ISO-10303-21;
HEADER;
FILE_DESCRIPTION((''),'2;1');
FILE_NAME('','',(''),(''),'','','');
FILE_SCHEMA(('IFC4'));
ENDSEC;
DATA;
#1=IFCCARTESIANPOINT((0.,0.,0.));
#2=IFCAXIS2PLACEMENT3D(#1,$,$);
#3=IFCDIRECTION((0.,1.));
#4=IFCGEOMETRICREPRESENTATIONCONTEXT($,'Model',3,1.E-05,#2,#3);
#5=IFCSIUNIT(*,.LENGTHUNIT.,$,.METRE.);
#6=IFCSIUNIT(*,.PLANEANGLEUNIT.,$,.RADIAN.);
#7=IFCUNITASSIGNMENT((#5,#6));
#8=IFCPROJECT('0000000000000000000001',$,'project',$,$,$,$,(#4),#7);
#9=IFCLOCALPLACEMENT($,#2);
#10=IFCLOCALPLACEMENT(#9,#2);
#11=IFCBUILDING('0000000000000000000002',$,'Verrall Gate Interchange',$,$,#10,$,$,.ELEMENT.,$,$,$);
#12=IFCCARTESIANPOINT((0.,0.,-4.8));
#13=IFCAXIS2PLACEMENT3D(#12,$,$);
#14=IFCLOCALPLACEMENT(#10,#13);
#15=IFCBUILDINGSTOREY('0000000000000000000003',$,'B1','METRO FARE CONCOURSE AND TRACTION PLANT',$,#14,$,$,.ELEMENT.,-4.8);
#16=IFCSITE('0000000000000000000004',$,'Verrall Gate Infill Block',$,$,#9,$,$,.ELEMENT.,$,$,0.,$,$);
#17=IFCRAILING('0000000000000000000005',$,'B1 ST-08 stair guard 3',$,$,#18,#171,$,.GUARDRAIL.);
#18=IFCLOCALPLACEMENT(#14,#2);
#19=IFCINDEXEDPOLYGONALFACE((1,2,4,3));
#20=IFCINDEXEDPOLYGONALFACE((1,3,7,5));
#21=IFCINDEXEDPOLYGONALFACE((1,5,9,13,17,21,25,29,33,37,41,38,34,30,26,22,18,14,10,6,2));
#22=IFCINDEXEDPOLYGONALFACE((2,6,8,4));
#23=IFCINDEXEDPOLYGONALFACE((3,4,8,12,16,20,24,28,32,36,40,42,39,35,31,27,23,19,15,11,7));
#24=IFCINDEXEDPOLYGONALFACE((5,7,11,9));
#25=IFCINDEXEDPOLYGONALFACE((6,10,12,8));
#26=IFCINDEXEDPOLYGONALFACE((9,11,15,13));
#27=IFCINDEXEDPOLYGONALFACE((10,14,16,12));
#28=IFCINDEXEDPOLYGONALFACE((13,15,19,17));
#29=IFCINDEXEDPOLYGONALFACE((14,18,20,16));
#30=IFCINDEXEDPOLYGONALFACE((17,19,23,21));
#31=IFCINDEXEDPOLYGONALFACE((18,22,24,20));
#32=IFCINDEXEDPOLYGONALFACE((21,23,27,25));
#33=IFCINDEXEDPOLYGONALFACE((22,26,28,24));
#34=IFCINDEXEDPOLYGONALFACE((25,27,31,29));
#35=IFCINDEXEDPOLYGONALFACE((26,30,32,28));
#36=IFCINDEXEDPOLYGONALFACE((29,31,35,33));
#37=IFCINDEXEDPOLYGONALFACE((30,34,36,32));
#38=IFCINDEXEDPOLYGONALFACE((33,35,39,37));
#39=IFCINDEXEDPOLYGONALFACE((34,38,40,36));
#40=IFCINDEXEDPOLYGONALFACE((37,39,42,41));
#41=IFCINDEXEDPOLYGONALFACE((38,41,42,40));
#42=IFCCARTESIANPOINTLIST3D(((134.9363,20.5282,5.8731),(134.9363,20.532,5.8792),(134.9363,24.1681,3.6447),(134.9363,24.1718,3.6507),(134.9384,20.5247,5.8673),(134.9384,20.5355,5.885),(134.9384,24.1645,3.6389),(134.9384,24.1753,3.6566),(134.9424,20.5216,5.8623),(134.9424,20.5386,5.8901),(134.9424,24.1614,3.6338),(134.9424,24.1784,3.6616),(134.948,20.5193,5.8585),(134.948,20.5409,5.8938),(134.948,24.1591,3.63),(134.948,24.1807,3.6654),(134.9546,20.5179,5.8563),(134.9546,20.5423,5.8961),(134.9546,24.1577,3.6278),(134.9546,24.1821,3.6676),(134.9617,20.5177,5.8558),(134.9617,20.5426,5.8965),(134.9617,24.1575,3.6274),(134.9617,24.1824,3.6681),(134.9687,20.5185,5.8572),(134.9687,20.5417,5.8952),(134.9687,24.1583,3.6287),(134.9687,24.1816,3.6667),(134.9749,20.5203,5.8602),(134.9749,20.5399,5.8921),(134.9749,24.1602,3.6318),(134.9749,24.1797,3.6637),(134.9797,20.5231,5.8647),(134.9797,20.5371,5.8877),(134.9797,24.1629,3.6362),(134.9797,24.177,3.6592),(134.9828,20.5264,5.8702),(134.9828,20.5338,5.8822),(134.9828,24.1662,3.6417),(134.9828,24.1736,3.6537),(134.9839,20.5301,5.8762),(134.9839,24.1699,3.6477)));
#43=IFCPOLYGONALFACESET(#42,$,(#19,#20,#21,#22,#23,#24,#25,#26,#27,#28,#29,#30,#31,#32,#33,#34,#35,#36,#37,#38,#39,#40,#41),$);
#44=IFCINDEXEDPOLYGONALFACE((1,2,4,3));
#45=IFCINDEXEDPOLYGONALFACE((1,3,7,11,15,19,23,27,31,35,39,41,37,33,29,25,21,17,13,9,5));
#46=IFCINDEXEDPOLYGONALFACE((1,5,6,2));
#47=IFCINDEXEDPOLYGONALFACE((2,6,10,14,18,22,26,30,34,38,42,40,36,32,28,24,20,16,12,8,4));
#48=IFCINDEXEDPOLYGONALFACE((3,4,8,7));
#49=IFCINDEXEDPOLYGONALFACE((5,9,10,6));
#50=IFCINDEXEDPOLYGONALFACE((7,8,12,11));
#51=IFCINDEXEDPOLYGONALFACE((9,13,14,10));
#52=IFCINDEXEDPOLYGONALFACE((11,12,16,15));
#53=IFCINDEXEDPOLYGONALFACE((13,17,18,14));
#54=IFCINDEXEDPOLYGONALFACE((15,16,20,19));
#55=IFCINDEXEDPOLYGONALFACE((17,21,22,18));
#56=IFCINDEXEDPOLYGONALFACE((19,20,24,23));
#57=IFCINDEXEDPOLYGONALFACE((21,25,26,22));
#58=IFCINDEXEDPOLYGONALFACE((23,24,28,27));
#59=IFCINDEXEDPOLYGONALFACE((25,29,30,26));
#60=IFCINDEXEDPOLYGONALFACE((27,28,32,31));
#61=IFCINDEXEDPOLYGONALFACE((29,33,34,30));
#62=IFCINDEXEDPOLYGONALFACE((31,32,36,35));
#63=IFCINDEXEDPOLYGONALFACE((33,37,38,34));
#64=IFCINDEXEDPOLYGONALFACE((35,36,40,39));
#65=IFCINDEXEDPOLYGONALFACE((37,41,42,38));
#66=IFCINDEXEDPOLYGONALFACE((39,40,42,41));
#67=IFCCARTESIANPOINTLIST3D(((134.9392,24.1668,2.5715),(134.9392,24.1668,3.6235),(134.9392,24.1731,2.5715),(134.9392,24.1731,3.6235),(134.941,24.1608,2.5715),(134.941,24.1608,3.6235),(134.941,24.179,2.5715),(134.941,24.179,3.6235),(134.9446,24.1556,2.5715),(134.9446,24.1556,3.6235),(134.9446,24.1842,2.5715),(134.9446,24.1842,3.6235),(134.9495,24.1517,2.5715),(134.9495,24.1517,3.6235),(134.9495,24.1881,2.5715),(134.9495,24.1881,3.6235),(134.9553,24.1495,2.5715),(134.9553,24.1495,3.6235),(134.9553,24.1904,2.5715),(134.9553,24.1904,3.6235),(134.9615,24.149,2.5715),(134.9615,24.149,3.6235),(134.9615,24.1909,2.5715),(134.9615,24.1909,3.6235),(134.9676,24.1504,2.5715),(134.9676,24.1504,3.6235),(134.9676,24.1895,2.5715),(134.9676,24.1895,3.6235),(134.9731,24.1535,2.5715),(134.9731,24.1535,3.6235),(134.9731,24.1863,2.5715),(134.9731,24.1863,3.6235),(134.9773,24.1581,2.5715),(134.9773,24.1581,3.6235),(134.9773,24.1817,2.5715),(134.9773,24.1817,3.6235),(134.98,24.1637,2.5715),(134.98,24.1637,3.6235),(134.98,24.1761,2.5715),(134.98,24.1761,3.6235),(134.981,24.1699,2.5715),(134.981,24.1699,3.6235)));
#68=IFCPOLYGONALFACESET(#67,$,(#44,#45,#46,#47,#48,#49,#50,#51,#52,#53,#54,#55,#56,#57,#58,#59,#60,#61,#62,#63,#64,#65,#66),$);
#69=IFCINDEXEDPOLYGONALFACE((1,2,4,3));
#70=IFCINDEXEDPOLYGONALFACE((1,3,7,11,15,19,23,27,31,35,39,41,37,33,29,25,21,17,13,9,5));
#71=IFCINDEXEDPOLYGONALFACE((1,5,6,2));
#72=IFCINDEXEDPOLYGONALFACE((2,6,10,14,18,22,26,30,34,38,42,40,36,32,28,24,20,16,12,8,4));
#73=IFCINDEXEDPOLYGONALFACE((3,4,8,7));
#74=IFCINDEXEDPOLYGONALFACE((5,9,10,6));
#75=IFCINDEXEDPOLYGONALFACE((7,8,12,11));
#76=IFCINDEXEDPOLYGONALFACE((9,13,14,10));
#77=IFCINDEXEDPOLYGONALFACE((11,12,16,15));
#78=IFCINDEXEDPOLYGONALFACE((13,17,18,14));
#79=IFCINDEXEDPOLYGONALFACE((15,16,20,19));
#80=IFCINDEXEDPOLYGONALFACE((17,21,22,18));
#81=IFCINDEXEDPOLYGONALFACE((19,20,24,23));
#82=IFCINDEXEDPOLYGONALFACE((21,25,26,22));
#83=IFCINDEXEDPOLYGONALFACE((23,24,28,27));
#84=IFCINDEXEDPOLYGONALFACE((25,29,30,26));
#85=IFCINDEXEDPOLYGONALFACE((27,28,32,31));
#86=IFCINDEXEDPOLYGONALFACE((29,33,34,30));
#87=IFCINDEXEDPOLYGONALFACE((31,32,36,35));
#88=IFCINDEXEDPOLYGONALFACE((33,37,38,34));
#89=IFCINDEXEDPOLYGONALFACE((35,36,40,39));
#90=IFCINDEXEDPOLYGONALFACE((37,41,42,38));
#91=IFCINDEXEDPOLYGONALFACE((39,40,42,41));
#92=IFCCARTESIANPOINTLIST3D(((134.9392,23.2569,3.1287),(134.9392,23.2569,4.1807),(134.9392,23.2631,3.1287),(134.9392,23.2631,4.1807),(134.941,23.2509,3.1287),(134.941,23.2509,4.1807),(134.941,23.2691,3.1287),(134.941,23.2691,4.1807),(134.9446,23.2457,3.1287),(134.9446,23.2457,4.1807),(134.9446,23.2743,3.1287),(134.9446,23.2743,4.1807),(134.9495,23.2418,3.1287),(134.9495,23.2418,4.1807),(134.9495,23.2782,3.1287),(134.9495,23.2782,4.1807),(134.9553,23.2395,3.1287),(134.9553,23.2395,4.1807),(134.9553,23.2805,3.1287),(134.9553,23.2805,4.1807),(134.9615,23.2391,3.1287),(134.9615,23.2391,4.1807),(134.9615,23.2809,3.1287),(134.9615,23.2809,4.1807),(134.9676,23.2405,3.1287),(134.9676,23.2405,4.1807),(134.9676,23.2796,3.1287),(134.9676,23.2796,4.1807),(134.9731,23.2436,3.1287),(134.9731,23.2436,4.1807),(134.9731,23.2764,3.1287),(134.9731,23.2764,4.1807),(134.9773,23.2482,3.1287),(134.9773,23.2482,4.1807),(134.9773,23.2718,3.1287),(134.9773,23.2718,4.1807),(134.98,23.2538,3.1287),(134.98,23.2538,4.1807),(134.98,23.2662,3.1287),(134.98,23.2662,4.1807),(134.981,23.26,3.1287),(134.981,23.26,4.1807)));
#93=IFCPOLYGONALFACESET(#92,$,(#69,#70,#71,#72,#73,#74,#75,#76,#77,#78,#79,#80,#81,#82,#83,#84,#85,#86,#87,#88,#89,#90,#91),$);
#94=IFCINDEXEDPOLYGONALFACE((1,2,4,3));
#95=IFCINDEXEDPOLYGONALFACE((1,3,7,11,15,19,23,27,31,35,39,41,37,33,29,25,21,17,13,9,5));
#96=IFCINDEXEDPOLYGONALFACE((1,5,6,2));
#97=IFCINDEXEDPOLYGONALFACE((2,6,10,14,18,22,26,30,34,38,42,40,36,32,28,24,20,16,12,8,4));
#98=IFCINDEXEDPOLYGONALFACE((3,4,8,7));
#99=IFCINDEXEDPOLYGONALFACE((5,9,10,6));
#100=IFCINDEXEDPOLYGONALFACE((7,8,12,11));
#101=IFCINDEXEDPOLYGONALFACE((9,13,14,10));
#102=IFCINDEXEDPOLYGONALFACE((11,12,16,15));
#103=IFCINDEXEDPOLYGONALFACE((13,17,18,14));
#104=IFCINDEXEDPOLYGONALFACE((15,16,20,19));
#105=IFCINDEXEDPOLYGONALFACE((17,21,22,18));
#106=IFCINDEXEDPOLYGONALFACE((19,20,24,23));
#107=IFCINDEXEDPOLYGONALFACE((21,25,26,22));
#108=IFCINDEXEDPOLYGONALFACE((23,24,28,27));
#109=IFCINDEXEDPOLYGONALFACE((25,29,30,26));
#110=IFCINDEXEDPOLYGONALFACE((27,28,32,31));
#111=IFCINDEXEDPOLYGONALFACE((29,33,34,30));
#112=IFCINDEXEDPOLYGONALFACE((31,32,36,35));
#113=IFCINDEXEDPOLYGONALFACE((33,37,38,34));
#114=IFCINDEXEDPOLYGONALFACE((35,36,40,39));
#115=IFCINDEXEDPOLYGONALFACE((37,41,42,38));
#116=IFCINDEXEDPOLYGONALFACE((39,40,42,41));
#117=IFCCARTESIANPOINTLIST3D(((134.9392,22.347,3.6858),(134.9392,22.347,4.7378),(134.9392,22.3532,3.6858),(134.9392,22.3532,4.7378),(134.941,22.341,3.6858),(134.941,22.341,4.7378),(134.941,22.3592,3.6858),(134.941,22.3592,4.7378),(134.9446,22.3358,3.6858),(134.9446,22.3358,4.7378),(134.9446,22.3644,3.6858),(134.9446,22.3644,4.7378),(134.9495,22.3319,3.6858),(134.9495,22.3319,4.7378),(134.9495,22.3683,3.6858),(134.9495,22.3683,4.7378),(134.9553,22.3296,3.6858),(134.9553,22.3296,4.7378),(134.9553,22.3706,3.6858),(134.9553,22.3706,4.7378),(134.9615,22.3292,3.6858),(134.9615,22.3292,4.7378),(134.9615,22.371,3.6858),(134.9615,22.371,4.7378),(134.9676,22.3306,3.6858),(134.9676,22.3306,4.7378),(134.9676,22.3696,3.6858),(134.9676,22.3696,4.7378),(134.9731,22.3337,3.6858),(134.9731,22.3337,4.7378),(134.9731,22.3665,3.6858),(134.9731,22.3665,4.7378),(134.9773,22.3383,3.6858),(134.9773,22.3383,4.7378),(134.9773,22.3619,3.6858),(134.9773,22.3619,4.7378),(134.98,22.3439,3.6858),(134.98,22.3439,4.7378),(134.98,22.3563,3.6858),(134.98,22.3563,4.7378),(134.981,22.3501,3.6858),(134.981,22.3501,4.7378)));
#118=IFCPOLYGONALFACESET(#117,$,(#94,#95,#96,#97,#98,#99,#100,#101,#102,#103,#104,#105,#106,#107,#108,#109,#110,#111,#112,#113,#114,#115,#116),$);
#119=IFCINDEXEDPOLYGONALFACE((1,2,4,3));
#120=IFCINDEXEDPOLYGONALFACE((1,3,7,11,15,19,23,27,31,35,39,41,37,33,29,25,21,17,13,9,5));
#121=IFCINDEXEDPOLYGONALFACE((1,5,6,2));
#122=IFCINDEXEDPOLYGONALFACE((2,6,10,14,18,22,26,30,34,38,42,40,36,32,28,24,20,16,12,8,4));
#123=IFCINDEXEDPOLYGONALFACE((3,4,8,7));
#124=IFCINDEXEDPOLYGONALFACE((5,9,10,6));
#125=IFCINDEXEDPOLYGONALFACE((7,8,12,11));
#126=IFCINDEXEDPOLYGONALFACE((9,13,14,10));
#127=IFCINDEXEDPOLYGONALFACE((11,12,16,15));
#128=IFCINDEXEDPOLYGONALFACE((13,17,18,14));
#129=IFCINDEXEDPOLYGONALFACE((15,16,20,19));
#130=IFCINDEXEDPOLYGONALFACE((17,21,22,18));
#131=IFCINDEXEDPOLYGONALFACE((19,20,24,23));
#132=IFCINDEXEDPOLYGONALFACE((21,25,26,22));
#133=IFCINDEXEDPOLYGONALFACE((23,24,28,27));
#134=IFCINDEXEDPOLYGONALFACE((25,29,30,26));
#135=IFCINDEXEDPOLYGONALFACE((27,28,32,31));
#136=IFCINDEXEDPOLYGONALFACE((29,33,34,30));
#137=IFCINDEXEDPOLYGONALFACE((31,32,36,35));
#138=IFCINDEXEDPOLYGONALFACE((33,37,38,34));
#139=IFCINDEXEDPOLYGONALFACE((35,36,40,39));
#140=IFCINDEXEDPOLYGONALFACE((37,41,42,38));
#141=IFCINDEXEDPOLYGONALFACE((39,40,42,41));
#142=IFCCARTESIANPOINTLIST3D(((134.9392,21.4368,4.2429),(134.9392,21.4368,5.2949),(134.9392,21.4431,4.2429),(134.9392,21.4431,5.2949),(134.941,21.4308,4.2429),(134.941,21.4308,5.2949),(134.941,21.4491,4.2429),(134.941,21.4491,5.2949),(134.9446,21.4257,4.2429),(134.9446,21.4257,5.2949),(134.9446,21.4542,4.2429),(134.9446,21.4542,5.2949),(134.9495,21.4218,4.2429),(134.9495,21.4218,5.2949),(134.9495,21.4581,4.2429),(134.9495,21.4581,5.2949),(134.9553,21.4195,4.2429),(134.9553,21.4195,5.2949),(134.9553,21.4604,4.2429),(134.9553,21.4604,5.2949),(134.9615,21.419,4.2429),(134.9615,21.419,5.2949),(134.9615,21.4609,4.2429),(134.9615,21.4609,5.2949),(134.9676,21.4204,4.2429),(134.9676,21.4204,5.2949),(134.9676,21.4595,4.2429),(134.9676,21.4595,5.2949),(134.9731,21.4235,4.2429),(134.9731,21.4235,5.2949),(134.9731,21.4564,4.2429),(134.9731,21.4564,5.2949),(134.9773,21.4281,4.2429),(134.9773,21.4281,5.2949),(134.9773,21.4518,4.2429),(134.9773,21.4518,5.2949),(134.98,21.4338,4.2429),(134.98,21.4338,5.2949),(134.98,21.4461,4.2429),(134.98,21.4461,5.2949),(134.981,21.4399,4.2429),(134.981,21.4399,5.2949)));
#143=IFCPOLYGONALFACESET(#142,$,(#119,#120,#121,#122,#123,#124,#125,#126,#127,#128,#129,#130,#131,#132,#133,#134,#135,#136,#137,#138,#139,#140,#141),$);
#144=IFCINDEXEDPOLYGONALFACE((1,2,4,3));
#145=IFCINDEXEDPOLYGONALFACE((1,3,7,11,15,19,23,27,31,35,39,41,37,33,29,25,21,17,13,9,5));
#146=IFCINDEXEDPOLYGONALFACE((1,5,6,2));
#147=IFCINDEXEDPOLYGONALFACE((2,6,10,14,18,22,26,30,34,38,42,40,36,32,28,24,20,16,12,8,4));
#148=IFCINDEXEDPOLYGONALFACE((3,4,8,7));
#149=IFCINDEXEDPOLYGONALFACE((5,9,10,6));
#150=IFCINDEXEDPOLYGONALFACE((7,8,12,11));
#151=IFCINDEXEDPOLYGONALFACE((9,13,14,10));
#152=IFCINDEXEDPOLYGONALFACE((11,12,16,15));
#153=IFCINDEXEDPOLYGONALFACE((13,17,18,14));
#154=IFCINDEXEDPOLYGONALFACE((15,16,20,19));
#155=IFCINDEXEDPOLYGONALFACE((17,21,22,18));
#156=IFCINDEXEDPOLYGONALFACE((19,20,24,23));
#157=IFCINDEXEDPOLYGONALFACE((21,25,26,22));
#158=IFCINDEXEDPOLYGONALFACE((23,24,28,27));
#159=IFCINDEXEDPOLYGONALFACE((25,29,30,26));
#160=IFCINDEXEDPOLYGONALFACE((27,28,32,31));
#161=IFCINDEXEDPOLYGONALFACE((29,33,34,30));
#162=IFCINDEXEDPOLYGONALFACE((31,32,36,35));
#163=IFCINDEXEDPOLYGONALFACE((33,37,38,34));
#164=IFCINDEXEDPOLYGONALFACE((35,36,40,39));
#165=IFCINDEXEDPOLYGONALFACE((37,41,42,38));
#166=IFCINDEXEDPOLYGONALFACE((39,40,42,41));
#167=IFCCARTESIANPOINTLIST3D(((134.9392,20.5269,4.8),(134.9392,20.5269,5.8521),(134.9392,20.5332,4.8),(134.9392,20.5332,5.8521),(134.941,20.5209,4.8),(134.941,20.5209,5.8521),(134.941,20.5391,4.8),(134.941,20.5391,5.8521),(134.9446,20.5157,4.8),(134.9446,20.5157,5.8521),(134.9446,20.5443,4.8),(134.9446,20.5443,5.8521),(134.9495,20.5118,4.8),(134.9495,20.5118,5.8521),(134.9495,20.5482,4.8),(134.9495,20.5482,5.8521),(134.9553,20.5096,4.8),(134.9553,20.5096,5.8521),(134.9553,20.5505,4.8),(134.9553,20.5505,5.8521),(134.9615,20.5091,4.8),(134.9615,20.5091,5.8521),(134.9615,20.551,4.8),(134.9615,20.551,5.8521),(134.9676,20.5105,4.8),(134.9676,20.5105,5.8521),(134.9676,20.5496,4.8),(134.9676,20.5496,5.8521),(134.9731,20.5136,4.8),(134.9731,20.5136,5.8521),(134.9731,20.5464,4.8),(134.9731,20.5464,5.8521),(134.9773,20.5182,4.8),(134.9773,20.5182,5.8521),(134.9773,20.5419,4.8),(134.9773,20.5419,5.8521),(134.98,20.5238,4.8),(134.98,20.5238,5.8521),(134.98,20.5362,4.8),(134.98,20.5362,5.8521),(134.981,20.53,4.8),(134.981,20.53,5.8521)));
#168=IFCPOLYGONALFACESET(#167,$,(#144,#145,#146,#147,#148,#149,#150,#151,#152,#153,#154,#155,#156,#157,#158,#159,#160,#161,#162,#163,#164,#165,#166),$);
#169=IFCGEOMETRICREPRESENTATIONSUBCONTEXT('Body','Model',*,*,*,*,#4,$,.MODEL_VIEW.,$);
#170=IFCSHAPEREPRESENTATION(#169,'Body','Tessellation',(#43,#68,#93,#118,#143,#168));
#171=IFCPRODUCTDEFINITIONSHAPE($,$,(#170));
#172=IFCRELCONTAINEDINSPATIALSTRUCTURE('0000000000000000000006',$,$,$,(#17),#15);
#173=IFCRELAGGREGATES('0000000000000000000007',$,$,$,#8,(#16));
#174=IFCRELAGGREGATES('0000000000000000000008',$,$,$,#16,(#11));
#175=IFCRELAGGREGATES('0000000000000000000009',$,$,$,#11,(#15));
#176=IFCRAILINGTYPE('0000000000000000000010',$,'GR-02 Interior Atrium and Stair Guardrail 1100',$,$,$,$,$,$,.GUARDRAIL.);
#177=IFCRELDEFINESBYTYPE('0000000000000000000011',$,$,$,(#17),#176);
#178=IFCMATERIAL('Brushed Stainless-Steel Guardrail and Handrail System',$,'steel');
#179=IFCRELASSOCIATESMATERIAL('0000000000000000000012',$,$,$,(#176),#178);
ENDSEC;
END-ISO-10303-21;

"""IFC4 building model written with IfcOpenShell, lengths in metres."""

from ifc_helpers import new_model, si_unit, direction, frame, origin, origin_2d, place, context, subcontext, project, spatial, circle, extrude, material, type_object, element, save


model = new_model("IFC4")

# Units and contexts
model_context = context("Model", 3, precision=1e-05, world=origin(), true_north=direction((0.0, 1.0)))
body_context = subcontext(model_context, "Body", "Model", "MODEL_VIEW")
ifc_project = project(units=[si_unit("LENGTHUNIT", "METRE"), si_unit("PLANEANGLEUNIT", "RADIAN")], contexts=[model_context])

# Site, building, storey
site_placement = place(None, origin())
site = spatial("IfcSite", under=ifc_project, at=site_placement, Name="Verrall Gate Infill Block", CompositionType="ELEMENT", RefElevation=0.0)
building_placement = place(site_placement, origin())
building = spatial("IfcBuilding", under=site, at=building_placement, Name="Verrall Gate Interchange", CompositionType="ELEMENT")
storey_placement = place(building_placement, frame((0.0, 0.0, -4.8)))
storey = spatial("IfcBuildingStorey", under=building, at=storey_placement, Name="B1", Description="METRO FARE CONCOURSE AND TRACTION PLANT", CompositionType="ELEMENT", Elevation=-4.8)

# Railing
ifc_material_1 = material(Name="Brushed Stainless-Steel Guardrail and Handrail System", Category="steel")
railing_type_1 = type_object("IfcRailingType", Name="GR-02 Interior Atrium and Stair Guardrail 1100", PredefinedType="GUARDRAIL", material=ifc_material_1)
railing_1_placement = place(storey_placement, frame((134.96, 24.1699, 2.5715)))
element("IfcRailing", 1, at=railing_1_placement, inside=storey, type_object=railing_type_1, Name="B1 ST-08 stair guard 3", PredefinedType="GUARDRAIL", context=body_context, shape_type="SweptSolid", body=[
    extrude(circle(Radius=0.0239, at=origin_2d()), frame((0.0, 0.0, 1.0762), z_axis=(0.0, -0.85285, 0.522156), x_axis=(1.0, 0.0, 0.0)), (0.0, 0.0, 1.0), 4.2678),
    extrude(circle(Radius=0.021, at=origin_2d()), origin(), (0.0, 0.0, 1.0), 1.052),
    extrude(circle(Radius=0.021, at=origin_2d()), frame((0.0, -0.9099, 0.5571)), (0.0, 0.0, 1.0), 1.052),
    extrude(circle(Radius=0.021, at=origin_2d()), frame((0.0, -1.8198, 1.1143)), (0.0, 0.0, 1.0), 1.052),
    extrude(circle(Radius=0.021, at=origin_2d()), frame((0.0, -2.73, 1.6714)), (0.0, 0.0, 1.0), 1.052),
    extrude(circle(Radius=0.021, at=origin_2d()), frame((0.0, -3.6399, 2.2285)), (0.0, 0.0, 1.0), 1.052),
])

save(model, "model.ifc")
